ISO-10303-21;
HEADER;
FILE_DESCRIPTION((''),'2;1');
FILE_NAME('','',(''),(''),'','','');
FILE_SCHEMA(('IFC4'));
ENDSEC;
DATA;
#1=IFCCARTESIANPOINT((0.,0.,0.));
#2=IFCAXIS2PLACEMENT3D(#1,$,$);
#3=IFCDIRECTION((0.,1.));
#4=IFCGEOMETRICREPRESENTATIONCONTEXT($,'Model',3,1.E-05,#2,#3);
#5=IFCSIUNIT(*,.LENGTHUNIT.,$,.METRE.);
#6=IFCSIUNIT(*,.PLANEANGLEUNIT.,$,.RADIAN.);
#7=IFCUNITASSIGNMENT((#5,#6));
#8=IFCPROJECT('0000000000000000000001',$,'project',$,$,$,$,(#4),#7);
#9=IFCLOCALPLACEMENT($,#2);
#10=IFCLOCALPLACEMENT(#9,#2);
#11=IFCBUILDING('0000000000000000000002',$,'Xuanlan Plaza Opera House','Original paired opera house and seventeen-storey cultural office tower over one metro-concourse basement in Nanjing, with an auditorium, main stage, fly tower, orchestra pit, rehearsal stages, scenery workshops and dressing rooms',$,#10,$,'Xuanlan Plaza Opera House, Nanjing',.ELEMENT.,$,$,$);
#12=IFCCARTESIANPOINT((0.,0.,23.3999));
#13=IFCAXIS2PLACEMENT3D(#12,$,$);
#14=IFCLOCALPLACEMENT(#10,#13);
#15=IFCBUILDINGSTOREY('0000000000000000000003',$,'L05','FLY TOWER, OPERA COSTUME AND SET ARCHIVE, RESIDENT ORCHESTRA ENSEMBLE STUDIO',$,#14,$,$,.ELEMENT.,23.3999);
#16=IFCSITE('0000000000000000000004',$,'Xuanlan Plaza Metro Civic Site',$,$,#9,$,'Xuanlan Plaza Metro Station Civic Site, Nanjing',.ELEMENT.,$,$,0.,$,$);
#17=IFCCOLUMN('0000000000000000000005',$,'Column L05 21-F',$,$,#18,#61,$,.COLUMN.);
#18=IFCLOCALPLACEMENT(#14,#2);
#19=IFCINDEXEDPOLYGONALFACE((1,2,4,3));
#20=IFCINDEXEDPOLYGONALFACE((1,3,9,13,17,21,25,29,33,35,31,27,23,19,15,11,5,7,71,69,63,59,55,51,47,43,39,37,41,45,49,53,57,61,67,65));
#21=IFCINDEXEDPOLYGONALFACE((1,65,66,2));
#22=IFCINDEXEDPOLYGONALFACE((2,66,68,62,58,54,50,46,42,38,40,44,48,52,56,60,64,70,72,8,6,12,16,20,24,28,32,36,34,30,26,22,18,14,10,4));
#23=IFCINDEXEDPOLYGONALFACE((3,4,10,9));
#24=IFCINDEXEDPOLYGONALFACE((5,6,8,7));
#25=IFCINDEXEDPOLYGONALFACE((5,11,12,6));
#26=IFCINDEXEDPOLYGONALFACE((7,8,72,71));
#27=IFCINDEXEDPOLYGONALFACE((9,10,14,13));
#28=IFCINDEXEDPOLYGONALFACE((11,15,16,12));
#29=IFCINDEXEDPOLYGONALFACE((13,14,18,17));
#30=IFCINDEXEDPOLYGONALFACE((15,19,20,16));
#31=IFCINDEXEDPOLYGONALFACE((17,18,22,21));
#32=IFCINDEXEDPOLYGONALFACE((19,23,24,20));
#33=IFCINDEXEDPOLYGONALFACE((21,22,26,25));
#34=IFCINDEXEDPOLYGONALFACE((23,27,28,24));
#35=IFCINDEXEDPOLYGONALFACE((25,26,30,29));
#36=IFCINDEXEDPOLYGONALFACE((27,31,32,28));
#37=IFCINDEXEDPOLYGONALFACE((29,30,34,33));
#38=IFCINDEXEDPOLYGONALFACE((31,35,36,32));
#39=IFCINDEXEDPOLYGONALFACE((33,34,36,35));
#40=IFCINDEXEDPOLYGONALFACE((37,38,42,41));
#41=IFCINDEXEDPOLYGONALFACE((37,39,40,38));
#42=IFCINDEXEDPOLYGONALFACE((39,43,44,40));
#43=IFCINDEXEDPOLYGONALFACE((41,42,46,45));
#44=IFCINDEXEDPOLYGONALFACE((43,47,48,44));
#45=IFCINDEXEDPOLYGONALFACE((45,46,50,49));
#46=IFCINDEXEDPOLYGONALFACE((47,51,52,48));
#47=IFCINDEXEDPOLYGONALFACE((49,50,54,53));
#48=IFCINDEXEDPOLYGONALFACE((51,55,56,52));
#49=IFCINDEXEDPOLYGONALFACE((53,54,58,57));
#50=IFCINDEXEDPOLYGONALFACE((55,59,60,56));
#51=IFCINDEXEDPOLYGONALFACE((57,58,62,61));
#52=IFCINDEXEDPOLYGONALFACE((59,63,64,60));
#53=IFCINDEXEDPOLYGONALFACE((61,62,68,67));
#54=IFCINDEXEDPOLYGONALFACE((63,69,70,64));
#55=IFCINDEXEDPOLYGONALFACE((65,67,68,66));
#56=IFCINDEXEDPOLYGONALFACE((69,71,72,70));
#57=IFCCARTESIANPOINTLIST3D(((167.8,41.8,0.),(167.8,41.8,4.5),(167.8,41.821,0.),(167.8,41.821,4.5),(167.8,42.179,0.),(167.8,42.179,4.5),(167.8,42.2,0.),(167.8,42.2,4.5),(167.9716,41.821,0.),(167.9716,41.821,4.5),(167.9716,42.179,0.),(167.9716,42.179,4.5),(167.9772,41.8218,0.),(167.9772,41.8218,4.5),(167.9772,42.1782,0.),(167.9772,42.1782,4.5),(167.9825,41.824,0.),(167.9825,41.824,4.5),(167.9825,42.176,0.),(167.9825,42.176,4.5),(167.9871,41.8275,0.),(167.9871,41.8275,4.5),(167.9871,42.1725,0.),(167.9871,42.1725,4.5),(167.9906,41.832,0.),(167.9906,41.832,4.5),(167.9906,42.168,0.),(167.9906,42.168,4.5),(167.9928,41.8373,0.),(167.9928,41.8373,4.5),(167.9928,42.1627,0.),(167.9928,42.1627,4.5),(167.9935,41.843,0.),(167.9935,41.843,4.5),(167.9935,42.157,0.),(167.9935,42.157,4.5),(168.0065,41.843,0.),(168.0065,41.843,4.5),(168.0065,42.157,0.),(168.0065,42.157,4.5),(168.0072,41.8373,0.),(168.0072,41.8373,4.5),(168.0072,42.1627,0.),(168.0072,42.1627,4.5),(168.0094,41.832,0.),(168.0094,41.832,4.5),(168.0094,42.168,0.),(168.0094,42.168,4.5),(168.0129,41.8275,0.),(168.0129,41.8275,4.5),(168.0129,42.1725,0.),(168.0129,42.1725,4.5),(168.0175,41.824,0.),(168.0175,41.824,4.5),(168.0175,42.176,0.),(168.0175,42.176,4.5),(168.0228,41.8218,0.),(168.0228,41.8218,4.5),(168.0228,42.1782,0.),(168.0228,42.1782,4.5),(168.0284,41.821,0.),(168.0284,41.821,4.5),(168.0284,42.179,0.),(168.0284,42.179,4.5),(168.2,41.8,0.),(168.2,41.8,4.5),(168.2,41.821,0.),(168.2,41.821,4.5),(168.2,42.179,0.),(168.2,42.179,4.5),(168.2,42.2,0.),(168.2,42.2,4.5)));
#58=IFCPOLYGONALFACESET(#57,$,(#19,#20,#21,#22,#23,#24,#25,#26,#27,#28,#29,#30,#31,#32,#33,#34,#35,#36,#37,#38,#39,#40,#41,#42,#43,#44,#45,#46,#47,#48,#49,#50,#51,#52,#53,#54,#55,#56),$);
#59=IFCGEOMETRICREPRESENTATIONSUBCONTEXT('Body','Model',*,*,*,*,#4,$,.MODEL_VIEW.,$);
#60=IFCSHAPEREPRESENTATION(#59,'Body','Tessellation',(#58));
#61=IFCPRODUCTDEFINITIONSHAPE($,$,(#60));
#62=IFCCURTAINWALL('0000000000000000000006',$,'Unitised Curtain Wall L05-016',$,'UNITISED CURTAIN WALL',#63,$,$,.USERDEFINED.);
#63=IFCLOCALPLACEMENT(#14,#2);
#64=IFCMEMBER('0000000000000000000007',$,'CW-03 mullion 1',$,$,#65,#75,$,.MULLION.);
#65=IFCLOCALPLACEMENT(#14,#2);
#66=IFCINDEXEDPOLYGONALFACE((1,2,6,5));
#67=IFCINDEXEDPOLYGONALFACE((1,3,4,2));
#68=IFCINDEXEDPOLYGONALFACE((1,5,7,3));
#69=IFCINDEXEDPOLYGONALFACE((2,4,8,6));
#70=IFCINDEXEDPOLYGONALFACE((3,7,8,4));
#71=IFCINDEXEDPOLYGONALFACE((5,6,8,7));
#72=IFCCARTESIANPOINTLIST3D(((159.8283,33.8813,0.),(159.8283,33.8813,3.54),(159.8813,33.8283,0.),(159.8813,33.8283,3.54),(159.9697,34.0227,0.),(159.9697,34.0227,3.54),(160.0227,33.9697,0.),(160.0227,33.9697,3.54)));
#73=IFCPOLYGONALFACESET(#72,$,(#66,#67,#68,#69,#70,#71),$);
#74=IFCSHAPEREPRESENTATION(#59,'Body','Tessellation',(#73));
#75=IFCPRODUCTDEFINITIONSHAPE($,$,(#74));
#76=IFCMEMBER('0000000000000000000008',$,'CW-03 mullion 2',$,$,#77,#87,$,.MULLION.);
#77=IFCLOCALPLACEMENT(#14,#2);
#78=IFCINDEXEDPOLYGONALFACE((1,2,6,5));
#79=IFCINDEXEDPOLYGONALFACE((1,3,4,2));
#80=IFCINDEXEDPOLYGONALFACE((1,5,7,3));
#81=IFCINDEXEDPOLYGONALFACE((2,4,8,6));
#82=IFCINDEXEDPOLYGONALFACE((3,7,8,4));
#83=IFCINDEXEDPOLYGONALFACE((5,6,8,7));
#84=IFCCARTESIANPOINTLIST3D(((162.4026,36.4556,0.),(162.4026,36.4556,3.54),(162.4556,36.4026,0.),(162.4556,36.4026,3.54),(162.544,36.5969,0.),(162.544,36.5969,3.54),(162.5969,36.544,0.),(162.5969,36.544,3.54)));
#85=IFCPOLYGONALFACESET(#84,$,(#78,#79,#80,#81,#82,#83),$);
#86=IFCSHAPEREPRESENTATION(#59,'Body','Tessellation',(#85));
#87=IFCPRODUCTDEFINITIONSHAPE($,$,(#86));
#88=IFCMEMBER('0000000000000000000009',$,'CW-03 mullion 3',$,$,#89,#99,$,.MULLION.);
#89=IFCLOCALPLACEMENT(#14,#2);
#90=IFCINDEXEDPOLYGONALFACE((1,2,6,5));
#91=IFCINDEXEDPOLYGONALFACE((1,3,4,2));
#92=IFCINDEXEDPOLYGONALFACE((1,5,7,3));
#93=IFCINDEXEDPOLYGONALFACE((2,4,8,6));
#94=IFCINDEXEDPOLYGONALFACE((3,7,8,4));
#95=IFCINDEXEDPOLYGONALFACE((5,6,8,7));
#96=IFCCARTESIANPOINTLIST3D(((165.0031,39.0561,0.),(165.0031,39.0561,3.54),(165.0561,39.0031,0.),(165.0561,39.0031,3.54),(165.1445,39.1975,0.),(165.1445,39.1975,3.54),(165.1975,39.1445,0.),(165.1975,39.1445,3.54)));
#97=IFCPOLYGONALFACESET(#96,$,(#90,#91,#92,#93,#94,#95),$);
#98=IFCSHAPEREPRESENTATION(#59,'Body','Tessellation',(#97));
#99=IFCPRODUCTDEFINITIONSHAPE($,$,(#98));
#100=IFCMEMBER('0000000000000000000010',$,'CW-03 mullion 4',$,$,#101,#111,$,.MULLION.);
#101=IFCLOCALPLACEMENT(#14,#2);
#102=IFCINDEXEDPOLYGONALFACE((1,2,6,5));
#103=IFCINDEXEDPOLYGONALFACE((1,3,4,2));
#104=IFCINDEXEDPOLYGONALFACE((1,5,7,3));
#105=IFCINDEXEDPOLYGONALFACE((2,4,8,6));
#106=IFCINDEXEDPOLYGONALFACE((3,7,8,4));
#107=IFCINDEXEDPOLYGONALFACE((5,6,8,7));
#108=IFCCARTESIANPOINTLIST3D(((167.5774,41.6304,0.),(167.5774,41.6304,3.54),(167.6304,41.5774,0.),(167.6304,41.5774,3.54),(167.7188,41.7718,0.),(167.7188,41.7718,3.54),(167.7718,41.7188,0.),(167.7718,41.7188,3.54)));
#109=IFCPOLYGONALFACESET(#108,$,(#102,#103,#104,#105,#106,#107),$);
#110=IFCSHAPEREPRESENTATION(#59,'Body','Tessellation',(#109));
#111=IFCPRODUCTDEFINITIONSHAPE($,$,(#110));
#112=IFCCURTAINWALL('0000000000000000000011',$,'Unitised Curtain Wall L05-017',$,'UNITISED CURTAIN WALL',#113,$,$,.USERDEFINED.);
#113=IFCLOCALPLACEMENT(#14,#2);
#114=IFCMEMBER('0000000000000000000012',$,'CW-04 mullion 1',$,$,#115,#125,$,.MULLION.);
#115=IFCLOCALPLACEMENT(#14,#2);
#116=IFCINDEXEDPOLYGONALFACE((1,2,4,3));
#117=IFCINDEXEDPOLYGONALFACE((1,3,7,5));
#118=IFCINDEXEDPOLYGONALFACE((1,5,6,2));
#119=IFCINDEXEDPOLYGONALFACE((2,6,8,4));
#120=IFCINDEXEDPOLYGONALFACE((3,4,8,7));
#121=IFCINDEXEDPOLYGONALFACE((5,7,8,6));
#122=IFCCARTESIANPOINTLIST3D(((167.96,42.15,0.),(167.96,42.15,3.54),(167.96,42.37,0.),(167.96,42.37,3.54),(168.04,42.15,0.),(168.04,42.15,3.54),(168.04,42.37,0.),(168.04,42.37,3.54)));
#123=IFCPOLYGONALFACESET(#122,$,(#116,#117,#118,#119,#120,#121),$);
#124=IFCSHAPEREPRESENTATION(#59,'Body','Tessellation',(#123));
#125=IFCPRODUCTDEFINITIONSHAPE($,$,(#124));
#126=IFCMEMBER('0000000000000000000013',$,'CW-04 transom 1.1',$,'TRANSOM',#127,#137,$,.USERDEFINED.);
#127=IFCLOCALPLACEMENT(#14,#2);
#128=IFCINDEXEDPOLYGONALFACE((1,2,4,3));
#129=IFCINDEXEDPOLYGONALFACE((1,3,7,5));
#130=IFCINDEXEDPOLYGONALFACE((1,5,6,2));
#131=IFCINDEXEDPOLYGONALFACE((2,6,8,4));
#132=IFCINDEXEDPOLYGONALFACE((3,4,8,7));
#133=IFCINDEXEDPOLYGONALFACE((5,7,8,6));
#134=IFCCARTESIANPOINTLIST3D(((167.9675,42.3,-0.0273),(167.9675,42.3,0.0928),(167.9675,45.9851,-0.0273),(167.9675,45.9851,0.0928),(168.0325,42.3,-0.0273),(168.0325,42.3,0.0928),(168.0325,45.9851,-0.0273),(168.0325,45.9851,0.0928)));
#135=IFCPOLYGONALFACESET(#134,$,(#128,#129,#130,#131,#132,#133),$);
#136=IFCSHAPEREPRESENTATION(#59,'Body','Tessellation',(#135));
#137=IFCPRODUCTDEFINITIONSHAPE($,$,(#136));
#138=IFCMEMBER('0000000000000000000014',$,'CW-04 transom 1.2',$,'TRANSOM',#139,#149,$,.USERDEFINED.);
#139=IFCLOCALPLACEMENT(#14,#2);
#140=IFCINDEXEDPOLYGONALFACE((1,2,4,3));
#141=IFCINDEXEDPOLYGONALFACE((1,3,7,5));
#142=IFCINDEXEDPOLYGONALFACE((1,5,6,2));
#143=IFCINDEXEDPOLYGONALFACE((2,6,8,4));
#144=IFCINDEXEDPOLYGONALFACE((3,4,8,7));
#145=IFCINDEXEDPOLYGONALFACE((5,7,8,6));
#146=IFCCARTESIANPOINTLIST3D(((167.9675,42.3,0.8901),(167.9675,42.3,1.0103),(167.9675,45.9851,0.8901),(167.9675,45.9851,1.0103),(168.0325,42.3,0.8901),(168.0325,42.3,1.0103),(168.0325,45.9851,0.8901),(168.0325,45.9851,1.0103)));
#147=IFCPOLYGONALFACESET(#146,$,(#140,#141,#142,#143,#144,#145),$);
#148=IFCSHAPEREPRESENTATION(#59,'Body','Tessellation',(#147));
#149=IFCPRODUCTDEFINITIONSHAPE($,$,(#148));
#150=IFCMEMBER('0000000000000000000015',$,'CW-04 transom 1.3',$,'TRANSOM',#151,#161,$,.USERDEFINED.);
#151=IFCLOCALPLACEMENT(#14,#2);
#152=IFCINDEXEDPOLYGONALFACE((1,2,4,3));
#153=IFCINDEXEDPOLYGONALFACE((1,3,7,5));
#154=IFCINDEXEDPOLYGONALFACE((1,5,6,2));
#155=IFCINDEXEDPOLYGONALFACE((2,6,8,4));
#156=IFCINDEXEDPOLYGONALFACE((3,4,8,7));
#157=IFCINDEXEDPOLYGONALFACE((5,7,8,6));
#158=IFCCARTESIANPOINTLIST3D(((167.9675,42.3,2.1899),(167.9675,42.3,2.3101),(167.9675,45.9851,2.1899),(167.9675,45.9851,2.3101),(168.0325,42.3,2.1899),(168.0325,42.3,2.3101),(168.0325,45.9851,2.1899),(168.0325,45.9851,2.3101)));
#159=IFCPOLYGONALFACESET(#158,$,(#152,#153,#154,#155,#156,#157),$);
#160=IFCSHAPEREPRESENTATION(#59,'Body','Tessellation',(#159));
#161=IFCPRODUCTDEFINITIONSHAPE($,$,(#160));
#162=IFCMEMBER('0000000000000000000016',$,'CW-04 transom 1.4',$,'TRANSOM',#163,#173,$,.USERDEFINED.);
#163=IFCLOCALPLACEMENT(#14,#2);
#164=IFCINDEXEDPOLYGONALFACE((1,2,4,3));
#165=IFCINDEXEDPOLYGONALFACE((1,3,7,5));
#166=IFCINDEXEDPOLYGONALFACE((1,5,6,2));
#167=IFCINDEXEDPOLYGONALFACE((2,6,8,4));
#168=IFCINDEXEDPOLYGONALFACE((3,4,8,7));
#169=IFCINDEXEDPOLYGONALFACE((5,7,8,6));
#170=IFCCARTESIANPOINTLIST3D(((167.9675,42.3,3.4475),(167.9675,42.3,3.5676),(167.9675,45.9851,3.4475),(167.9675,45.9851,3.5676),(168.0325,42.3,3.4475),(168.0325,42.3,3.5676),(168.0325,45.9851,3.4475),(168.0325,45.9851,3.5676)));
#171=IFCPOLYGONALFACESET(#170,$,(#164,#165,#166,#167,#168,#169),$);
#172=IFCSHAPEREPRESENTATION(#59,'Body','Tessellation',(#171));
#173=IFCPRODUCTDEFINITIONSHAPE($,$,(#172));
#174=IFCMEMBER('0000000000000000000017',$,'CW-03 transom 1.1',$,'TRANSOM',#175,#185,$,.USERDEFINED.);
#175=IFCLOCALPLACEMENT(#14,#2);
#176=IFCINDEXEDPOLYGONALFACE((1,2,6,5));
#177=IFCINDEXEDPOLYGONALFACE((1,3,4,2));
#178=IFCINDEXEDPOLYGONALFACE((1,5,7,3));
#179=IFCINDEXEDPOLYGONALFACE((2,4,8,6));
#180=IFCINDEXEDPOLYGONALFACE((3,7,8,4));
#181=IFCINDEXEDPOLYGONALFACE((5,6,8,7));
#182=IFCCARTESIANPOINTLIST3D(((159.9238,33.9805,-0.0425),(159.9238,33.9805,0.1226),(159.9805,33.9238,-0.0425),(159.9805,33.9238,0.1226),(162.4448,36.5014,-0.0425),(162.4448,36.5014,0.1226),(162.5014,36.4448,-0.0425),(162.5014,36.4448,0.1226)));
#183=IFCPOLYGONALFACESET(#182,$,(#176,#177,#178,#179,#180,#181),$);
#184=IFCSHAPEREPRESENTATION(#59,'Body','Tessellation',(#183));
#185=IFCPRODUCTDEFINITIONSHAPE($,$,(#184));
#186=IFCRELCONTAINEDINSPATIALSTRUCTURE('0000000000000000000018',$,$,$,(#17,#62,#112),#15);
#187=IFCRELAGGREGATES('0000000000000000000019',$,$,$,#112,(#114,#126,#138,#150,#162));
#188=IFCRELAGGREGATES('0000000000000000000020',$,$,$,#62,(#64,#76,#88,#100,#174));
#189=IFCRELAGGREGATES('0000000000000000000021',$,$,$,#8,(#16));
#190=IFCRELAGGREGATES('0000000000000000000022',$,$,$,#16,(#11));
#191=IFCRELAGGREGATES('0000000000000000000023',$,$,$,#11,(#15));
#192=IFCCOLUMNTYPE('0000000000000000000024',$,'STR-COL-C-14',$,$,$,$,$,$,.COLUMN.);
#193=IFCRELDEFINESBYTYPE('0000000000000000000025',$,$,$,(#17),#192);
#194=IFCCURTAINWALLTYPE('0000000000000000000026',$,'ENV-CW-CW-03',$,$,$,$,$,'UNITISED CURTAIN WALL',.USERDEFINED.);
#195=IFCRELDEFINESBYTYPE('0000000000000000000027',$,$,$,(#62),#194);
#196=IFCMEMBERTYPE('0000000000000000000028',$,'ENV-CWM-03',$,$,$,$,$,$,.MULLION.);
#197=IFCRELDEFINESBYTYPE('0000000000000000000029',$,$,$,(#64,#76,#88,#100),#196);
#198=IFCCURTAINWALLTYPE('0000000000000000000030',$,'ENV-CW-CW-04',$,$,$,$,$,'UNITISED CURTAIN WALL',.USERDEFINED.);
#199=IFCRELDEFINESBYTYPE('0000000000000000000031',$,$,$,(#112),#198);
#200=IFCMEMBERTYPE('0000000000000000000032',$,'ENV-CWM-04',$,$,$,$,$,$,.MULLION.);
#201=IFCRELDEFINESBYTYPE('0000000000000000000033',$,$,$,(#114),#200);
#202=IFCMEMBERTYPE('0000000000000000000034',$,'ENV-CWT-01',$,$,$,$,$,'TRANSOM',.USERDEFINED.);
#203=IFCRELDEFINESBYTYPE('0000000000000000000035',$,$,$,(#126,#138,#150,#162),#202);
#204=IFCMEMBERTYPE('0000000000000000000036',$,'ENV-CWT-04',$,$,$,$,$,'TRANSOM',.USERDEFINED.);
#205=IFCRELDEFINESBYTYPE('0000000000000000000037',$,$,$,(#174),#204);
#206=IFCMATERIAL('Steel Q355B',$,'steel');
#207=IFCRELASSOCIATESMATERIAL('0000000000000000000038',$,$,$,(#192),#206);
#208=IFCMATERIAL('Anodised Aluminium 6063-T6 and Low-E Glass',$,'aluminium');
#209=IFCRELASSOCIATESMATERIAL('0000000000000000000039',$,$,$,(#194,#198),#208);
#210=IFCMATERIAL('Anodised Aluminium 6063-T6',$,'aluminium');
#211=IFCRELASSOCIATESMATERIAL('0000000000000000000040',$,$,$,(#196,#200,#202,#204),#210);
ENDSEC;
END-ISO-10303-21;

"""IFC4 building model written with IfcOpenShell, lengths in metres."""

from ifc_helpers import new_model, si_unit, direction, frame, origin, origin_2d, place, context, subcontext, project, spatial, rectangle, i_section, extrude, material, material_profile, profile_set, type_object, element, aggregate, save


model = new_model("IFC4")

# Units and contexts
model_context = context("Model", 3, precision=1e-05, world=origin(), true_north=direction((0.0, 1.0)))
body_context = subcontext(model_context, "Body", "Model", "MODEL_VIEW")
ifc_project = project(units=[si_unit("LENGTHUNIT", "METRE"), si_unit("PLANEANGLEUNIT", "RADIAN")], contexts=[model_context])

# Site, building, storey
site_placement = place(None, origin())
site = spatial("IfcSite", under=ifc_project, at=site_placement, Name="Xuanlan Plaza Metro Civic Site", LongName="Xuanlan Plaza Metro Station Civic Site, Nanjing", CompositionType="ELEMENT", RefElevation=0.0)
building_placement = place(site_placement, origin())
building = spatial("IfcBuilding", under=site, at=building_placement, Name="Xuanlan Plaza Opera House", Description="Original paired opera house and seventeen-storey cultural office tower over one metro-concourse basement in Nanjing, with an auditorium, main stage, fly tower, orchestra pit, rehearsal stages, scenery workshops and dressing rooms", LongName="Xuanlan Plaza Opera House, Nanjing", CompositionType="ELEMENT")
storey_placement = place(building_placement, frame((0.0, 0.0, 23.3999)))
storey = spatial("IfcBuildingStorey", under=building, at=storey_placement, Name="L05", Description="FLY TOWER, OPERA COSTUME AND SET ARCHIVE, RESIDENT ORCHESTRA ENSEMBLE STUDIO", CompositionType="ELEMENT", Elevation=23.3999)

# Column
ifc_material_1 = material(Name="Steel Q355B", Category="steel")
ifc_material_profile_1 = material_profile(ifc_material_1, i_section(OverallWidth=0.3999, OverallDepth=0.3999, WebThickness=0.0129, FlangeThickness=0.021, FilletRadius=0.022, at=origin_2d()), Name="HW 400x400x13x21")
ifc_profile_set_1 = profile_set([ifc_material_profile_1], Name="Steel Q355B")
column_type = type_object("IfcColumnType", Name="STR-COL-C-14", PredefinedType="COLUMN", material=ifc_profile_set_1)
column_placement = place(storey_placement, frame((168.0, 42.0, 0.0), z_axis=(0.0, 0.0, 1.0), x_axis=(1.0, 0.0, 0.0)))
element("IfcColumn", 1, at=column_placement, inside=storey, type_object=column_type, Name="Column L05 21-F", PredefinedType="COLUMN", context=body_context, shape_type="SweptSolid", body=[
    extrude(i_section(OverallWidth=0.3999, OverallDepth=0.3999, WebThickness=0.0129, FlangeThickness=0.021, FilletRadius=0.022, at=origin_2d()), origin(), (0.0, 0.0, 1.0), 4.5),
])

# Curtain walls, members
ifc_material_2 = material(Name="Anodised Aluminium 6063-T6 and Low-E Glass", Category="aluminium")
curtain_wall_type_1 = type_object("IfcCurtainWallType", Name="ENV-CW-CW-03", ElementType="UNITISED CURTAIN WALL", PredefinedType="USERDEFINED", material=ifc_material_2)
curtain_wall_1_placement = place(storey_placement, origin())
curtain_wall_1 = element("IfcCurtainWall", 2, at=curtain_wall_1_placement, inside=storey, type_object=curtain_wall_type_1, Name="Unitised Curtain Wall L05-016", ObjectType="UNITISED CURTAIN WALL", PredefinedType="USERDEFINED")
ifc_material_3 = material(Name="Anodised Aluminium 6063-T6", Category="aluminium")
ifc_material_profile_2 = material_profile(ifc_material_3, rectangle(XDim=0.075, YDim=0.2, at=origin_2d()), Name="ALU-M 75x200")
ifc_profile_set_2 = profile_set([ifc_material_profile_2], Name="Anodised Aluminium 6063-T6")
member_type_1 = type_object("IfcMemberType", Name="ENV-CWM-03", PredefinedType="MULLION", material=ifc_profile_set_2)
member_1_placement = place(storey_placement, frame((159.9255, 33.9255, 0.0), z_axis=(0.0, 0.0, 1.0), x_axis=(-0.707107, 0.707107, 0.0)))
member_1 = element("IfcMember", 3, at=member_1_placement, type_object=member_type_1, Name="CW-03 mullion 1", PredefinedType="MULLION", context=body_context, shape_type="SweptSolid", body=[
    extrude(rectangle(XDim=0.075, YDim=0.2, at=origin_2d()), origin(), (0.0, 0.0, 1.0), 3.54),
])
member_2_placement = place(storey_placement, frame((162.4998, 36.4998, 0.0), z_axis=(0.0, 0.0, 1.0), x_axis=(-0.707107, 0.707107, 0.0)))
member_2 = element("IfcMember", 4, at=member_2_placement, type_object=member_type_1, Name="CW-03 mullion 2", PredefinedType="MULLION", context=body_context, shape_type="SweptSolid", body=[
    extrude(rectangle(XDim=0.075, YDim=0.2, at=origin_2d()), origin(), (0.0, 0.0, 1.0), 3.54),
])
member_3_placement = place(storey_placement, frame((165.1003, 39.1003, 0.0), z_axis=(0.0, 0.0, 1.0), x_axis=(-0.707107, 0.707107, 0.0)))
member_3 = element("IfcMember", 5, at=member_3_placement, type_object=member_type_1, Name="CW-03 mullion 3", PredefinedType="MULLION", context=body_context, shape_type="SweptSolid", body=[
    extrude(rectangle(XDim=0.075, YDim=0.2, at=origin_2d()), origin(), (0.0, 0.0, 1.0), 3.54),
])
member_4_placement = place(storey_placement, frame((167.6746, 41.6746, 0.0), z_axis=(0.0, 0.0, 1.0), x_axis=(-0.707107, 0.707107, 0.0)))
member_4 = element("IfcMember", 6, at=member_4_placement, type_object=member_type_1, Name="CW-03 mullion 4", PredefinedType="MULLION", context=body_context, shape_type="SweptSolid", body=[
    extrude(rectangle(XDim=0.075, YDim=0.2, at=origin_2d()), origin(), (0.0, 0.0, 1.0), 3.54),
])
curtain_wall_type_2 = type_object("IfcCurtainWallType", Name="ENV-CW-CW-04", ElementType="UNITISED CURTAIN WALL", PredefinedType="USERDEFINED", material=ifc_material_2)
curtain_wall_2_placement = place(storey_placement, origin())
curtain_wall_2 = element("IfcCurtainWall", 7, at=curtain_wall_2_placement, inside=storey, type_object=curtain_wall_type_2, Name="Unitised Curtain Wall L05-017", ObjectType="UNITISED CURTAIN WALL", PredefinedType="USERDEFINED")
ifc_material_profile_3 = material_profile(ifc_material_3, rectangle(XDim=0.0801, YDim=0.22, at=origin_2d()), Name="ALU-M 80x220")
ifc_profile_set_3 = profile_set([ifc_material_profile_3], Name="Anodised Aluminium 6063-T6")
member_type_2 = type_object("IfcMemberType", Name="ENV-CWM-04", PredefinedType="MULLION", material=ifc_profile_set_3)
member_5_placement = place(storey_placement, frame((168.0, 42.26, 0.0), z_axis=(0.0, 0.0, 1.0), x_axis=(-1.0, 0.0, 0.0)))
member_5 = element("IfcMember", 8, at=member_5_placement, type_object=member_type_2, Name="CW-04 mullion 1", PredefinedType="MULLION", context=body_context, shape_type="SweptSolid", body=[
    extrude(rectangle(XDim=0.0801, YDim=0.22, at=origin_2d()), origin(), (0.0, 0.0, 1.0), 3.54),
])
ifc_material_profile_4 = material_profile(ifc_material_3, rectangle(XDim=0.0649, YDim=0.1201, at=origin_2d()), Name="ALU-T 65x120")
ifc_profile_set_4 = profile_set([ifc_material_profile_4], Name="Anodised Aluminium 6063-T6")
member_type_3 = type_object("IfcMemberType", Name="ENV-CWT-01", ElementType="TRANSOM", PredefinedType="USERDEFINED", material=ifc_profile_set_4)
member_6_placement = place(storey_placement, frame((168.0, 42.3, 0.0327), z_axis=(0.0, 1.0, 0.0), x_axis=(-1.0, 0.0, 0.0)))
member_6 = element("IfcMember", 9, at=member_6_placement, type_object=member_type_3, Name="CW-04 transom 1.1", ObjectType="TRANSOM", PredefinedType="USERDEFINED", context=body_context, shape_type="SweptSolid", body=[
    extrude(rectangle(XDim=0.0649, YDim=0.1201, at=origin_2d()), origin(), (0.0, 0.0, 1.0), 3.6851),
])
member_7_placement = place(storey_placement, frame((168.0, 42.3, 0.9502), z_axis=(0.0, 1.0, 0.0), x_axis=(-1.0, 0.0, 0.0)))
member_7 = element("IfcMember", 10, at=member_7_placement, type_object=member_type_3, Name="CW-04 transom 1.2", ObjectType="TRANSOM", PredefinedType="USERDEFINED", context=body_context, shape_type="SweptSolid", body=[
    extrude(rectangle(XDim=0.0649, YDim=0.1201, at=origin_2d()), origin(), (0.0, 0.0, 1.0), 3.6851),
])
member_8_placement = place(storey_placement, frame((168.0, 42.3, 2.25), z_axis=(0.0, 1.0, 0.0), x_axis=(-1.0, 0.0, 0.0)))
member_8 = element("IfcMember", 11, at=member_8_placement, type_object=member_type_3, Name="CW-04 transom 1.3", ObjectType="TRANSOM", PredefinedType="USERDEFINED", context=body_context, shape_type="SweptSolid", body=[
    extrude(rectangle(XDim=0.0649, YDim=0.1201, at=origin_2d()), origin(), (0.0, 0.0, 1.0), 3.6851),
])
member_9_placement = place(storey_placement, frame((168.0, 42.3, 3.5076), z_axis=(0.0, 1.0, 0.0), x_axis=(-1.0, 0.0, 0.0)))
member_9 = element("IfcMember", 12, at=member_9_placement, type_object=member_type_3, Name="CW-04 transom 1.4", ObjectType="TRANSOM", PredefinedType="USERDEFINED", context=body_context, shape_type="SweptSolid", body=[
    extrude(rectangle(XDim=0.0649, YDim=0.1201, at=origin_2d()), origin(), (0.0, 0.0, 1.0), 3.6851),
])
aggregate(curtain_wall_2, [member_5, member_6, member_7, member_8, member_9])

# Member
ifc_material_profile_5 = material_profile(ifc_material_3, rectangle(XDim=0.0801, YDim=0.165, at=origin_2d()), Name="ALU-T 80x165")
ifc_profile_set_5 = profile_set([ifc_material_profile_5], Name="Anodised Aluminium 6063-T6")
member_type_4 = type_object("IfcMemberType", Name="ENV-CWT-04", ElementType="TRANSOM", PredefinedType="USERDEFINED", material=ifc_profile_set_5)
member_10_placement = place(storey_placement, frame((159.9521, 33.9521, 0.04), z_axis=(0.707107, 0.707107, 0.0), x_axis=(-0.707107, 0.707107, 0.0)))
member_10 = element("IfcMember", 13, at=member_10_placement, type_object=member_type_4, Name="CW-03 transom 1.1", ObjectType="TRANSOM", PredefinedType="USERDEFINED", context=body_context, shape_type="SweptSolid", body=[
    extrude(rectangle(XDim=0.0801, YDim=0.165, at=origin_2d()), origin(), (0.0, 0.0, 1.0), 3.5652),
])

aggregate(curtain_wall_1, [member_1, member_2, member_3, member_4, member_10])

save(model, "model.ifc")
